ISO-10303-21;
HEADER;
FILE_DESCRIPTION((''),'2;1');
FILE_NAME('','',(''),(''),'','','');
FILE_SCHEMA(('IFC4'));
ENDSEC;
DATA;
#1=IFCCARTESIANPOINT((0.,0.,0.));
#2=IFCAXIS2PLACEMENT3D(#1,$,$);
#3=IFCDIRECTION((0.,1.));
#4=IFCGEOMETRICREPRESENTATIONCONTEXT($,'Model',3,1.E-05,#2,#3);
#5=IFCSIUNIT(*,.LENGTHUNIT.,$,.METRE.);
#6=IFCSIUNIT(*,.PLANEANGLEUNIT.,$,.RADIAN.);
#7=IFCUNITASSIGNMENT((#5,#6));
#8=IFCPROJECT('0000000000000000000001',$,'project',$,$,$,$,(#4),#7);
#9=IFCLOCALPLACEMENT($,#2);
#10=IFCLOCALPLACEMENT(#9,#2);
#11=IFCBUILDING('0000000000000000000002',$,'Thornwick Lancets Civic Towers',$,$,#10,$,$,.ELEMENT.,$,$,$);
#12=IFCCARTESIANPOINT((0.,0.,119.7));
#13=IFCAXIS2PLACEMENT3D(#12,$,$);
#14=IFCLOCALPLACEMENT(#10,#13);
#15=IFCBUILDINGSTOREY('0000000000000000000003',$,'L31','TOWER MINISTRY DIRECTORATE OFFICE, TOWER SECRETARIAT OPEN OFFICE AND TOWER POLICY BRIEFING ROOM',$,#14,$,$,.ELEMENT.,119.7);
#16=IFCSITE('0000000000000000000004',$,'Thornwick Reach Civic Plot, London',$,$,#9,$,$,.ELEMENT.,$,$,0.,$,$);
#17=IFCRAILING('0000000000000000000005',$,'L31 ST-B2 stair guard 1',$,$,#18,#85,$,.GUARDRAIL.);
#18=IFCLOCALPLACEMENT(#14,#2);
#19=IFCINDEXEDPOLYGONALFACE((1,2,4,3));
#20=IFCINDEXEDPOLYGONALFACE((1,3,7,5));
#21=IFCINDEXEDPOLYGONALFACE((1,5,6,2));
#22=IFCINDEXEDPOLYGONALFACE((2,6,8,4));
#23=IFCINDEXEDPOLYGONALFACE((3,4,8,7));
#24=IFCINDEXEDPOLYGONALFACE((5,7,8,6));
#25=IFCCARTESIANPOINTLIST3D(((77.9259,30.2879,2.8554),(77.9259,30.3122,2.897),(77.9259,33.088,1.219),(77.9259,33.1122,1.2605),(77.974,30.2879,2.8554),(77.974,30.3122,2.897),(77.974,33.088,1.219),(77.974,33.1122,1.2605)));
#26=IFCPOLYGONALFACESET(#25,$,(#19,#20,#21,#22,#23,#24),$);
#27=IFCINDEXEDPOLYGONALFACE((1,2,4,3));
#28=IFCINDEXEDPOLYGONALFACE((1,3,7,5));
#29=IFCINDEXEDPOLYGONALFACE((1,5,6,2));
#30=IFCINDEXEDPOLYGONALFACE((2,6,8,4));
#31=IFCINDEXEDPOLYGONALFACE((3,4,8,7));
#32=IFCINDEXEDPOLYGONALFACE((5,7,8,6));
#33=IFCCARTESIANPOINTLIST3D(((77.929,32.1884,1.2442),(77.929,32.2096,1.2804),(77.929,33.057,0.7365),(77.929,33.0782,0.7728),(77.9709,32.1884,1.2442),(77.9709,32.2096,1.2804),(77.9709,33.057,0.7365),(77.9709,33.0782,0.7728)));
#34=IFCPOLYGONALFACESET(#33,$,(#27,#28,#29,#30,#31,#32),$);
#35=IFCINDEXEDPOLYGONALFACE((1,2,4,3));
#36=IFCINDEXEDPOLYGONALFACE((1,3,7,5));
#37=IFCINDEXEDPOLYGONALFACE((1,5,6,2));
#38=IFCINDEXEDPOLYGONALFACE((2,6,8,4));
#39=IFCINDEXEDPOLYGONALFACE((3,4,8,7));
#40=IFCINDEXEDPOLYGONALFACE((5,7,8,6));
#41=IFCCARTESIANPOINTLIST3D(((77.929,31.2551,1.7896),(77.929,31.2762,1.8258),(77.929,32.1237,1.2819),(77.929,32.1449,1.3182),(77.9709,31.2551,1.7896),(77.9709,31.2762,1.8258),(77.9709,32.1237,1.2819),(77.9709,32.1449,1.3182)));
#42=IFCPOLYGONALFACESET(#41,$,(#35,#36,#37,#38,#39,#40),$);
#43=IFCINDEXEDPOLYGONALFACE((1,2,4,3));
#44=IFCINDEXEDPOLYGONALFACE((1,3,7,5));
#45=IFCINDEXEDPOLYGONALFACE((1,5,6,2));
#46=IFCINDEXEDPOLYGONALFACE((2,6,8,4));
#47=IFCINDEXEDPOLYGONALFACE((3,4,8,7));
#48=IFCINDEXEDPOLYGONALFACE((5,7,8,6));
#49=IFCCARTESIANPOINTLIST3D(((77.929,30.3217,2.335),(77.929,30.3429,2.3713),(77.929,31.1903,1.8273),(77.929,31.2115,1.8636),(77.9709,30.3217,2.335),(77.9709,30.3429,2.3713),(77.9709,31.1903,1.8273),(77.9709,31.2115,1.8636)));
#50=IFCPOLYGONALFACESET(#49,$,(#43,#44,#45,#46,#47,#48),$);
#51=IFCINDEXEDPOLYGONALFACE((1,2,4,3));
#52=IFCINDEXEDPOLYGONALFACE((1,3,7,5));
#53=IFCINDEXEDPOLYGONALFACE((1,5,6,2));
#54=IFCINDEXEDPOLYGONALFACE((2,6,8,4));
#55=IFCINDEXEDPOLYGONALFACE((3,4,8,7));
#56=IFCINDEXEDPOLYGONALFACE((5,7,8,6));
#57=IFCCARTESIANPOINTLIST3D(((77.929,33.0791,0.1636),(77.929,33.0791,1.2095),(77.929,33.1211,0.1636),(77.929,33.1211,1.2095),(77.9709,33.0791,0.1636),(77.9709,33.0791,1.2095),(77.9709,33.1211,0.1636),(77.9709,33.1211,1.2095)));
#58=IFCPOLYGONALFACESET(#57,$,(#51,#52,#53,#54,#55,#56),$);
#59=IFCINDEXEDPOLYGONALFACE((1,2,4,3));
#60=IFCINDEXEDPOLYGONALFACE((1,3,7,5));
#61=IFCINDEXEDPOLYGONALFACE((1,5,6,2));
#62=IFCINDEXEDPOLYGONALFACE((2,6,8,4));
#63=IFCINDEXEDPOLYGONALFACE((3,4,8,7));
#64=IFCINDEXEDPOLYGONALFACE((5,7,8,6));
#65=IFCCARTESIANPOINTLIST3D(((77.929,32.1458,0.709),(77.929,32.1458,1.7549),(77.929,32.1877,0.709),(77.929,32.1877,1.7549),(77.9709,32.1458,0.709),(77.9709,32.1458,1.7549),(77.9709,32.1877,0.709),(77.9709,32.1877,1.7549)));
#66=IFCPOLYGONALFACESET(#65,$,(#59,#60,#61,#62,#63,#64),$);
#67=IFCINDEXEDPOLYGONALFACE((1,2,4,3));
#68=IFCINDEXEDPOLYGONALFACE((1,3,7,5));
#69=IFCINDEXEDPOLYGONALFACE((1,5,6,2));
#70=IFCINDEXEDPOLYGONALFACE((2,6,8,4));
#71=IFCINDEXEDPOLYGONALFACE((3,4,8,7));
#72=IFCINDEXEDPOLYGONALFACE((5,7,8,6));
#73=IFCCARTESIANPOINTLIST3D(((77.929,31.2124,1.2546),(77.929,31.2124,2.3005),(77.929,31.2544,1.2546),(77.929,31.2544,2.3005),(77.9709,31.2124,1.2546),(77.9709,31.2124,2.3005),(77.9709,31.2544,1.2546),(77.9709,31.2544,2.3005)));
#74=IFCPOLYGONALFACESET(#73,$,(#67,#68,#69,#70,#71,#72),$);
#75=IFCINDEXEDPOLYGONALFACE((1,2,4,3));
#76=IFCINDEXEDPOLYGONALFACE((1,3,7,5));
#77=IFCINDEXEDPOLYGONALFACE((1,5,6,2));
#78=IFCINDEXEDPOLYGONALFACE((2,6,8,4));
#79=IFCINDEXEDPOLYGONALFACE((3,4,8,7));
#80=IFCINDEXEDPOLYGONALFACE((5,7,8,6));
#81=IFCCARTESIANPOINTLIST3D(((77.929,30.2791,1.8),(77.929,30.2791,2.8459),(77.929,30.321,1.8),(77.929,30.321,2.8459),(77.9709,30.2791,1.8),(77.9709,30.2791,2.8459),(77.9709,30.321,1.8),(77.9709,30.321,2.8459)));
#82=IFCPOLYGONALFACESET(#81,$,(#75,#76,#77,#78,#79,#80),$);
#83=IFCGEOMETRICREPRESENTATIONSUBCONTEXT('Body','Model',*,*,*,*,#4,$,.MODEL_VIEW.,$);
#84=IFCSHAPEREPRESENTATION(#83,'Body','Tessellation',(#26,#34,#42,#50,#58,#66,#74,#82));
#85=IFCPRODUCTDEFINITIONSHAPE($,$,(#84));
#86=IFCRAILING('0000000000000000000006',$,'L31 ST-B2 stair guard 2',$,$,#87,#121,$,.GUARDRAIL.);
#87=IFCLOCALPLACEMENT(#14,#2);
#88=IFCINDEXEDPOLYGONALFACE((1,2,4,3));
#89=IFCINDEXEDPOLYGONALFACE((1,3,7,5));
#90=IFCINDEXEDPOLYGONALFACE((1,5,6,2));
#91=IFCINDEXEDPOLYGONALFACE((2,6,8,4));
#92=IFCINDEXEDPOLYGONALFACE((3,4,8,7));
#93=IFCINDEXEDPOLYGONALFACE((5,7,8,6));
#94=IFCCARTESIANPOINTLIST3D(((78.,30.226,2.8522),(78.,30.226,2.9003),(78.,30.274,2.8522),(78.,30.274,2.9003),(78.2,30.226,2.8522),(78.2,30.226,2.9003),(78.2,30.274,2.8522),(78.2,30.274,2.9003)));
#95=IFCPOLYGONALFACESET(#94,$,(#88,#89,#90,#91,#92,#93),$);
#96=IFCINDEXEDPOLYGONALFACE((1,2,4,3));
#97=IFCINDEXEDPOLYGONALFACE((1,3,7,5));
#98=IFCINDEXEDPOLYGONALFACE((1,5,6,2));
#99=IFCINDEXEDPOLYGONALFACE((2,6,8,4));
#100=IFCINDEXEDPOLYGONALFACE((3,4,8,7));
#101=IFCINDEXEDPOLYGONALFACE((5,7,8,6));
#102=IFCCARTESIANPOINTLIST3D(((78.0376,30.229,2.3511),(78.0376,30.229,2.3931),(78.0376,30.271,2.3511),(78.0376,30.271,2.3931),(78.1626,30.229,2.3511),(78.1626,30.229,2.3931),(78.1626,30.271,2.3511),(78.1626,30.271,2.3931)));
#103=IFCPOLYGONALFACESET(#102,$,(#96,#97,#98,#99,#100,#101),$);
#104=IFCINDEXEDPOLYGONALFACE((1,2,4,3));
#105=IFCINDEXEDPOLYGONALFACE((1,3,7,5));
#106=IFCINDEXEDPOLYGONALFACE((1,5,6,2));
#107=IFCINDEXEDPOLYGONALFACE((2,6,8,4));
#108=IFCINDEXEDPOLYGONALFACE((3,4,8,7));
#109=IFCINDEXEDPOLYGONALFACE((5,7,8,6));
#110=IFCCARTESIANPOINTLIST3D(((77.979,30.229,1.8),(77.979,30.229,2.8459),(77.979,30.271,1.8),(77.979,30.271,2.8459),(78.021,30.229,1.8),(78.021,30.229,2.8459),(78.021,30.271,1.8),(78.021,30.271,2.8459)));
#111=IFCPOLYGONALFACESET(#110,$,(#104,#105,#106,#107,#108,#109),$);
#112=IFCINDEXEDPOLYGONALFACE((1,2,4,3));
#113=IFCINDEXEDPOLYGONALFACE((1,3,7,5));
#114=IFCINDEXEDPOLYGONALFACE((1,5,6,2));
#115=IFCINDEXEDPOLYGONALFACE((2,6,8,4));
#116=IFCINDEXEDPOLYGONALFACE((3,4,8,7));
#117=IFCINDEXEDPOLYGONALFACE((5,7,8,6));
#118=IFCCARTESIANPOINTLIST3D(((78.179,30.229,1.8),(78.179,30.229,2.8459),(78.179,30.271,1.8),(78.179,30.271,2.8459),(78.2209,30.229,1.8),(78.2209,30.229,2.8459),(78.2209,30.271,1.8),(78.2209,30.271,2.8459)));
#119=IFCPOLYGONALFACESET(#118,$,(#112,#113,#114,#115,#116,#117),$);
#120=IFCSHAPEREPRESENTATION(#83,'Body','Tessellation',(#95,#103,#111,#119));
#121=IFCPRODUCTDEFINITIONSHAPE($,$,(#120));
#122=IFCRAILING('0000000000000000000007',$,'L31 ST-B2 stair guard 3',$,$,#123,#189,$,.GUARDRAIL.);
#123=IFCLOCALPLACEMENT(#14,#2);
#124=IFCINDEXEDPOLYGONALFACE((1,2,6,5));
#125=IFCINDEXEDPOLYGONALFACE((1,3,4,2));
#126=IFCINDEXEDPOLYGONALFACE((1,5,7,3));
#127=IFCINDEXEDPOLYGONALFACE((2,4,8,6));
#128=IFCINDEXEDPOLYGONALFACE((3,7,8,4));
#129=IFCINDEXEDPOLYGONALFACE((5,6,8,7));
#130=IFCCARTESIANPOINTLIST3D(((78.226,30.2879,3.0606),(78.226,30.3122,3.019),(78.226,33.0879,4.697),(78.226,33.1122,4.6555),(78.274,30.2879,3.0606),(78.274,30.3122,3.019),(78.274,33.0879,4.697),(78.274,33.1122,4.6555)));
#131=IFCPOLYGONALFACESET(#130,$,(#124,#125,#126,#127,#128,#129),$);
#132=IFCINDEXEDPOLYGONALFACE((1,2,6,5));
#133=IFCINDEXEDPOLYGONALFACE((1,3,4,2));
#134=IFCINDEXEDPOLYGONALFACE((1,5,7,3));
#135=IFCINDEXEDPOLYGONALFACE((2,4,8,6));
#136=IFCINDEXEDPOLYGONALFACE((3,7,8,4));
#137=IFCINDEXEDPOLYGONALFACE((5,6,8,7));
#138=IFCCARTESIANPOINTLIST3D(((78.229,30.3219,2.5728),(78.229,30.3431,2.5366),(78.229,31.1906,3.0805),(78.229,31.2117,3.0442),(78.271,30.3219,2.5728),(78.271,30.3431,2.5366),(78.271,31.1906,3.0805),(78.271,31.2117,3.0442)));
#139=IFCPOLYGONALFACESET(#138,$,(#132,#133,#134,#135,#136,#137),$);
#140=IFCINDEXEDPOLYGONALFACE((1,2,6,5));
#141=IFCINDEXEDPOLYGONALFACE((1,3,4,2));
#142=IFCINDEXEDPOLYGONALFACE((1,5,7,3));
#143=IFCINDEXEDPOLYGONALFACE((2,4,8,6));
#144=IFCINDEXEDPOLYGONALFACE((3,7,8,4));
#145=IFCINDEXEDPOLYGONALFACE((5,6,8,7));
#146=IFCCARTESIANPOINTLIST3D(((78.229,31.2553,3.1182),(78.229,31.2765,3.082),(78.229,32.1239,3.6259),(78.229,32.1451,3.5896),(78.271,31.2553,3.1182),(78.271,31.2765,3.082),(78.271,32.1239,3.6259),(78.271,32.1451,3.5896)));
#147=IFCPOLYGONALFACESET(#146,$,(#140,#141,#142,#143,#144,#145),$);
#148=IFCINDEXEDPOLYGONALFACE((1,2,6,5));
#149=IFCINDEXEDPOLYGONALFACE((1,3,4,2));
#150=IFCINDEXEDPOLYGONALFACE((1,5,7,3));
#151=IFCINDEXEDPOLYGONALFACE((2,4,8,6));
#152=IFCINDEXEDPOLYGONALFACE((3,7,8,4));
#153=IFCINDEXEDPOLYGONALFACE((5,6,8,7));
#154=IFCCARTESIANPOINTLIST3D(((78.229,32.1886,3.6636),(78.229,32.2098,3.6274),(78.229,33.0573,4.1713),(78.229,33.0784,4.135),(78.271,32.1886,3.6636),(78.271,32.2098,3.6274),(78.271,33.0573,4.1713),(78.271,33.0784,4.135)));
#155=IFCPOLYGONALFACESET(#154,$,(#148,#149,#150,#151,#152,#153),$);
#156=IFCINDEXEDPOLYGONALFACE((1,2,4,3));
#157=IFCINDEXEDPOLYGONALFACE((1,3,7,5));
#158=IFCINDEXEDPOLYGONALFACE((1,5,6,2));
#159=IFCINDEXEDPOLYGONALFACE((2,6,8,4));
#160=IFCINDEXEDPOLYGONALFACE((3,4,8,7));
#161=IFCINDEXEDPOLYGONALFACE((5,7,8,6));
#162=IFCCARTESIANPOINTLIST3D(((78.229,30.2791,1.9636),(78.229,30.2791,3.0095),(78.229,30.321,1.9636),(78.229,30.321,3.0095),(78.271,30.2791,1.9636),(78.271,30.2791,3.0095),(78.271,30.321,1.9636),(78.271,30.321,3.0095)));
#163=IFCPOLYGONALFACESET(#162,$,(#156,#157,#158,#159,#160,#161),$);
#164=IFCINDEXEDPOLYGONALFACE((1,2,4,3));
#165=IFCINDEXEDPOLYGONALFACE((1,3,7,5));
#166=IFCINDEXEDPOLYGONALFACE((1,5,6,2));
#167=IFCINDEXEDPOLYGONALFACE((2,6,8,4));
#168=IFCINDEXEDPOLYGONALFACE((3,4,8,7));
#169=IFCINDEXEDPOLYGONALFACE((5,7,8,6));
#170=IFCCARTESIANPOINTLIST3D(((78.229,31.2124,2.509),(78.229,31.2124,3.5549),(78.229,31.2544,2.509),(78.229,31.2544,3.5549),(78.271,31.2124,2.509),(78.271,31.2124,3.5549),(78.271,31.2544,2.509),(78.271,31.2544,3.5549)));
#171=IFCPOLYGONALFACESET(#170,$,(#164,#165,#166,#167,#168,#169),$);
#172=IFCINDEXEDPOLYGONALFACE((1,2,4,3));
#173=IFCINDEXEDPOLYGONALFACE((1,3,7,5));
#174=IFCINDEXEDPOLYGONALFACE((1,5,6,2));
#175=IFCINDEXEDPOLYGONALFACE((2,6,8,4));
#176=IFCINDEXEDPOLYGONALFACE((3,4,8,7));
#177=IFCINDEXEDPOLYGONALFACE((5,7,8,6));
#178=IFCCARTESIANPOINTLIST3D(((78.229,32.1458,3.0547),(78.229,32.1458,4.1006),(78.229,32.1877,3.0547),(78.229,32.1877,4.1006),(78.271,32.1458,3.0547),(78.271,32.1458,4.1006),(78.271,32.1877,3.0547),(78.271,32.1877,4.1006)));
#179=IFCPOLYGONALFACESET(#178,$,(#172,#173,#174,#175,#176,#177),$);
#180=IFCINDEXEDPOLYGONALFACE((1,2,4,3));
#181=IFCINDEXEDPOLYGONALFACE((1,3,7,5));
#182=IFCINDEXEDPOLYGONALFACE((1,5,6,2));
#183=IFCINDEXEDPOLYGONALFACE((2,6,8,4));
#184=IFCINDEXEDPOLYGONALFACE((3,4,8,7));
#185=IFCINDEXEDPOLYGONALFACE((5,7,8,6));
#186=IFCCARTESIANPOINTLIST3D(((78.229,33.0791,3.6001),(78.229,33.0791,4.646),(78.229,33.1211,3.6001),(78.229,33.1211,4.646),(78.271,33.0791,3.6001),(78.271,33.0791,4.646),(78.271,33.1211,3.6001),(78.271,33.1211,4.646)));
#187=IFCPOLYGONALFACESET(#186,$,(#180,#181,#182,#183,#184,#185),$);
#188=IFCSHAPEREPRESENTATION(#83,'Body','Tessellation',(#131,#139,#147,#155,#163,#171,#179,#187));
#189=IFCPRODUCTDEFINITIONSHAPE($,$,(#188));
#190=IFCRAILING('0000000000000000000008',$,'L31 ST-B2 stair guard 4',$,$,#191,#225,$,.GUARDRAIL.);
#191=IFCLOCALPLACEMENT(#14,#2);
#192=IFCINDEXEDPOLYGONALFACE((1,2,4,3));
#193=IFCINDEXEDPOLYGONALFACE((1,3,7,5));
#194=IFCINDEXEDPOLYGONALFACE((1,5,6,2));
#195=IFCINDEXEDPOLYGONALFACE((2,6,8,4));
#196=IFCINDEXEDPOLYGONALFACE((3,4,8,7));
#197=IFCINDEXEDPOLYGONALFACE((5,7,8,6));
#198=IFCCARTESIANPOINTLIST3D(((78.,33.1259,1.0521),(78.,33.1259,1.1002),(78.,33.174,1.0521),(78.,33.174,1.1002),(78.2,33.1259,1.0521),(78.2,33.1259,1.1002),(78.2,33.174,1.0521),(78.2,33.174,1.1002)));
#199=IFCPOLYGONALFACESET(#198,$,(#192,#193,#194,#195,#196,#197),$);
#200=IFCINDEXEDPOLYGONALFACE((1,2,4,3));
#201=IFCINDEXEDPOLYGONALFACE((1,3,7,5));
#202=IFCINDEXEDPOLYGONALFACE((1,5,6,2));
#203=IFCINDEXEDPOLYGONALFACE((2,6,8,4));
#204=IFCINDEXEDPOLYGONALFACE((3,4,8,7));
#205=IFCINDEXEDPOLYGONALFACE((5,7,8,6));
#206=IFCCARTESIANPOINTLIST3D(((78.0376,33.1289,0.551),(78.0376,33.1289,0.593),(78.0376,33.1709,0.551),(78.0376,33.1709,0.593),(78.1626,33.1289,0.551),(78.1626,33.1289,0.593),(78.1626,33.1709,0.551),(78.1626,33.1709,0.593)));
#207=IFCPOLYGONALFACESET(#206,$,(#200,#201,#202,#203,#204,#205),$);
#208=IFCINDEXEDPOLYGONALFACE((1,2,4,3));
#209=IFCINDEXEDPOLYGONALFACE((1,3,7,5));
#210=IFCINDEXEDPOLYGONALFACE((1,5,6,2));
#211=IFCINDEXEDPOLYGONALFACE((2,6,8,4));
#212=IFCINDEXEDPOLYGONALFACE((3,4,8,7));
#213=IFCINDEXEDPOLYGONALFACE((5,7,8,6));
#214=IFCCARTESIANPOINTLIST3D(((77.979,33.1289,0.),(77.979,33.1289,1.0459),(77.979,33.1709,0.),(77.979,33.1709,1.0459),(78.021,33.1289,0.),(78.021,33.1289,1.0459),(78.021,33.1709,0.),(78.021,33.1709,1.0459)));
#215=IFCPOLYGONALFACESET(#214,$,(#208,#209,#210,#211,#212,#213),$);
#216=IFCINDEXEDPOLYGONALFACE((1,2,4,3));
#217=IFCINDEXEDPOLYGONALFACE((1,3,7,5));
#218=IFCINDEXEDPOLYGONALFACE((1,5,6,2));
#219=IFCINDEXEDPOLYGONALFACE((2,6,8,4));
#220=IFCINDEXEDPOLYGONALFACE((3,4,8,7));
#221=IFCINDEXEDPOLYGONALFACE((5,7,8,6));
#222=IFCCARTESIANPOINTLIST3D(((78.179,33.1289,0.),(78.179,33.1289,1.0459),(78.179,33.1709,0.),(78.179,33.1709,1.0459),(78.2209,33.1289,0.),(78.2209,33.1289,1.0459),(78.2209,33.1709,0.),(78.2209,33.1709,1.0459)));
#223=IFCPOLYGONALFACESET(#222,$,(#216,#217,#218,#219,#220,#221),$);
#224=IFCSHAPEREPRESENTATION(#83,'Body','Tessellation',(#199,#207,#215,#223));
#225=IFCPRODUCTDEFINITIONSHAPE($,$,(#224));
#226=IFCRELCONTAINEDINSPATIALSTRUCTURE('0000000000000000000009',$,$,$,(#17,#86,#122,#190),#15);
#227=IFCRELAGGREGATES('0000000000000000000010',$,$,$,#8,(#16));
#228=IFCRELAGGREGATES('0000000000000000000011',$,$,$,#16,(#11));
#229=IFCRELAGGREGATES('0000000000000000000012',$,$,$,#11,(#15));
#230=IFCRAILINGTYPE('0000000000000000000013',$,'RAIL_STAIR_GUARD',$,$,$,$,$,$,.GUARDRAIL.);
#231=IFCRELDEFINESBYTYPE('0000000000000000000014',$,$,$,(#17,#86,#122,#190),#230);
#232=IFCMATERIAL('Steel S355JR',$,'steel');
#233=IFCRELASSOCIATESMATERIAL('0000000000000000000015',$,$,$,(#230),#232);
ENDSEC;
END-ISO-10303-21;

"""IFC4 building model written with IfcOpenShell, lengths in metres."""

from ifc_helpers import new_model, si_unit, direction, frame, origin, origin_2d, place, context, subcontext, project, spatial, rectangle, extrude, material, type_object, element, save


model = new_model("IFC4")

# Units and contexts
model_context = context("Model", 3, precision=1e-05, world=origin(), true_north=direction((0.0, 1.0)))
body_context = subcontext(model_context, "Body", "Model", "MODEL_VIEW")
ifc_project = project(units=[si_unit("LENGTHUNIT", "METRE"), si_unit("PLANEANGLEUNIT", "RADIAN")], contexts=[model_context])

# Site, building, storey
site_placement = place(None, origin())
site = spatial("IfcSite", under=ifc_project, at=site_placement, Name="Thornwick Reach Civic Plot, London", CompositionType="ELEMENT", RefElevation=0.0)
building_placement = place(site_placement, origin())
building = spatial("IfcBuilding", under=site, at=building_placement, Name="Thornwick Lancets Civic Towers", CompositionType="ELEMENT")
storey_placement = place(building_placement, frame((0.0, 0.0, 119.7)))
storey = spatial("IfcBuildingStorey", under=building, at=storey_placement, Name="L31", Description="TOWER MINISTRY DIRECTORATE OFFICE, TOWER SECRETARIAT OPEN OFFICE AND TOWER POLICY BRIEFING ROOM", CompositionType="ELEMENT", Elevation=119.7)

# Shared definitions
ifc_material_1 = material(Name="Steel S355JR", Category="steel")

# Railings
railing_type_1 = type_object("IfcRailingType", Name="RAIL_STAIR_GUARD", PredefinedType="GUARDRAIL", material=ifc_material_1)
railing_1_placement = place(storey_placement, frame((77.95, 33.1001, 0.1636)))
element("IfcRailing", 1, at=railing_1_placement, inside=storey, type_object=railing_type_1, Name="L31 ST-B2 stair guard 1", PredefinedType="GUARDRAIL", context=body_context, shape_type="SweptSolid", body=[
    extrude(rectangle(XDim=0.0481, YDim=0.0481, at=origin_2d()), frame((0.0, 0.0, 1.0762), z_axis=(0.0, -0.863361, 0.504587), x_axis=(1.0, 0.0, 0.0)), (0.0, 0.0, 1.0), 3.2432),
    extrude(rectangle(XDim=0.042, YDim=0.042, at=origin_2d()), frame((0.0, -0.0325, 0.5911), z_axis=(0.0, -0.863361, 0.504587), x_axis=(1.0, 0.0, 0.0)), (0.0, 0.0, 1.0), 1.0061),
    extrude(rectangle(XDim=0.042, YDim=0.042, at=origin_2d()), frame((0.0, -0.9658, 1.1365), z_axis=(0.0, -0.863361, 0.504587), x_axis=(1.0, 0.0, 0.0)), (0.0, 0.0, 1.0), 1.0061),
    extrude(rectangle(XDim=0.042, YDim=0.042, at=origin_2d()), frame((0.0, -1.8992, 1.6819), z_axis=(0.0, -0.863361, 0.504587), x_axis=(1.0, 0.0, 0.0)), (0.0, 0.0, 1.0), 1.0061),
    extrude(rectangle(XDim=0.042, YDim=0.042, at=origin_2d()), origin(), (0.0, 0.0, 1.0), 1.0459),
    extrude(rectangle(XDim=0.042, YDim=0.042, at=origin_2d()), frame((0.0, -0.9333, 0.5454)), (0.0, 0.0, 1.0), 1.0459),
    extrude(rectangle(XDim=0.042, YDim=0.042, at=origin_2d()), frame((0.0, -1.8667, 1.0911)), (0.0, 0.0, 1.0), 1.0459),
    extrude(rectangle(XDim=0.042, YDim=0.042, at=origin_2d()), frame((0.0, -2.8, 1.6365)), (0.0, 0.0, 1.0), 1.0459),
])
railing_2_placement = place(storey_placement, frame((78.0, 30.25, 1.8)))
element("IfcRailing", 2, at=railing_2_placement, inside=storey, type_object=railing_type_1, Name="L31 ST-B2 stair guard 2", PredefinedType="GUARDRAIL", context=body_context, shape_type="SweptSolid", body=[
    extrude(rectangle(XDim=0.0481, YDim=0.0481, at=origin_2d()), frame((0.0, 0.0, 1.0762), z_axis=(1.0, 0.0, 0.0), x_axis=(0.0, 1.0, 0.0)), (0.0, 0.0, 1.0), 0.2),
    extrude(rectangle(XDim=0.042, YDim=0.042, at=origin_2d()), frame((0.0376, 0.0, 0.572), z_axis=(1.0, 0.0, 0.0), x_axis=(0.0, 1.0, 0.0)), (0.0, 0.0, 1.0), 0.125),
    extrude(rectangle(XDim=0.042, YDim=0.042, at=origin_2d()), origin(), (0.0, 0.0, 1.0), 1.0459),
    extrude(rectangle(XDim=0.042, YDim=0.042, at=origin_2d()), frame((0.2, 0.0, 0.0)), (0.0, 0.0, 1.0), 1.0459),
])
railing_3_placement = place(storey_placement, frame((78.25, 30.3, 1.9636)))
element("IfcRailing", 3, at=railing_3_placement, inside=storey, type_object=railing_type_1, Name="L31 ST-B2 stair guard 3", PredefinedType="GUARDRAIL", context=body_context, shape_type="SweptSolid", body=[
    extrude(rectangle(XDim=0.0481, YDim=0.0481, at=origin_2d()), frame((0.0, 0.0, 1.0762), z_axis=(0.0, 0.863361, 0.504587), x_axis=(-1.0, 0.0, 0.0)), (0.0, 0.0, 1.0), 3.2432),
    extrude(rectangle(XDim=0.042, YDim=0.042, at=origin_2d()), frame((0.0, 0.0325, 0.5911), z_axis=(0.0, 0.863361, 0.504587), x_axis=(-1.0, 0.0, 0.0)), (0.0, 0.0, 1.0), 1.0061),
    extrude(rectangle(XDim=0.042, YDim=0.042, at=origin_2d()), frame((0.0, 0.9658, 1.1365), z_axis=(0.0, 0.863361, 0.504587), x_axis=(-1.0, 0.0, 0.0)), (0.0, 0.0, 1.0), 1.0061),
    extrude(rectangle(XDim=0.042, YDim=0.042, at=origin_2d()), frame((0.0, 1.8992, 1.6819), z_axis=(0.0, 0.863361, 0.504587), x_axis=(-1.0, 0.0, 0.0)), (0.0, 0.0, 1.0), 1.0061),
    extrude(rectangle(XDim=0.042, YDim=0.042, at=origin_2d()), origin(), (0.0, 0.0, 1.0), 1.0459),
    extrude(rectangle(XDim=0.042, YDim=0.042, at=origin_2d()), frame((0.0, 0.9333, 0.5454)), (0.0, 0.0, 1.0), 1.0459),
    extrude(rectangle(XDim=0.042, YDim=0.042, at=origin_2d()), frame((0.0, 1.8667, 1.0911)), (0.0, 0.0, 1.0), 1.0459),
    extrude(rectangle(XDim=0.042, YDim=0.042, at=origin_2d()), frame((0.0, 2.8, 1.6365)), (0.0, 0.0, 1.0), 1.0459),
])
railing_4_placement = place(storey_placement, frame((78.0, 33.1499, 0.0)))
element("IfcRailing", 4, at=railing_4_placement, inside=storey, type_object=railing_type_1, Name="L31 ST-B2 stair guard 4", PredefinedType="GUARDRAIL", context=body_context, shape_type="SweptSolid", body=[
    extrude(rectangle(XDim=0.0481, YDim=0.0481, at=origin_2d()), frame((0.0, 0.0, 1.0762), z_axis=(1.0, 0.0, 0.0), x_axis=(0.0, 1.0, 0.0)), (0.0, 0.0, 1.0), 0.2),
    extrude(rectangle(XDim=0.042, YDim=0.042, at=origin_2d()), frame((0.0376, 0.0, 0.572), z_axis=(1.0, 0.0, 0.0), x_axis=(0.0, 1.0, 0.0)), (0.0, 0.0, 1.0), 0.125),
    extrude(rectangle(XDim=0.042, YDim=0.042, at=origin_2d()), origin(), (0.0, 0.0, 1.0), 1.0459),
    extrude(rectangle(XDim=0.042, YDim=0.042, at=origin_2d()), frame((0.2, 0.0, 0.0)), (0.0, 0.0, 1.0), 1.0459),
])

save(model, "model.ifc")
